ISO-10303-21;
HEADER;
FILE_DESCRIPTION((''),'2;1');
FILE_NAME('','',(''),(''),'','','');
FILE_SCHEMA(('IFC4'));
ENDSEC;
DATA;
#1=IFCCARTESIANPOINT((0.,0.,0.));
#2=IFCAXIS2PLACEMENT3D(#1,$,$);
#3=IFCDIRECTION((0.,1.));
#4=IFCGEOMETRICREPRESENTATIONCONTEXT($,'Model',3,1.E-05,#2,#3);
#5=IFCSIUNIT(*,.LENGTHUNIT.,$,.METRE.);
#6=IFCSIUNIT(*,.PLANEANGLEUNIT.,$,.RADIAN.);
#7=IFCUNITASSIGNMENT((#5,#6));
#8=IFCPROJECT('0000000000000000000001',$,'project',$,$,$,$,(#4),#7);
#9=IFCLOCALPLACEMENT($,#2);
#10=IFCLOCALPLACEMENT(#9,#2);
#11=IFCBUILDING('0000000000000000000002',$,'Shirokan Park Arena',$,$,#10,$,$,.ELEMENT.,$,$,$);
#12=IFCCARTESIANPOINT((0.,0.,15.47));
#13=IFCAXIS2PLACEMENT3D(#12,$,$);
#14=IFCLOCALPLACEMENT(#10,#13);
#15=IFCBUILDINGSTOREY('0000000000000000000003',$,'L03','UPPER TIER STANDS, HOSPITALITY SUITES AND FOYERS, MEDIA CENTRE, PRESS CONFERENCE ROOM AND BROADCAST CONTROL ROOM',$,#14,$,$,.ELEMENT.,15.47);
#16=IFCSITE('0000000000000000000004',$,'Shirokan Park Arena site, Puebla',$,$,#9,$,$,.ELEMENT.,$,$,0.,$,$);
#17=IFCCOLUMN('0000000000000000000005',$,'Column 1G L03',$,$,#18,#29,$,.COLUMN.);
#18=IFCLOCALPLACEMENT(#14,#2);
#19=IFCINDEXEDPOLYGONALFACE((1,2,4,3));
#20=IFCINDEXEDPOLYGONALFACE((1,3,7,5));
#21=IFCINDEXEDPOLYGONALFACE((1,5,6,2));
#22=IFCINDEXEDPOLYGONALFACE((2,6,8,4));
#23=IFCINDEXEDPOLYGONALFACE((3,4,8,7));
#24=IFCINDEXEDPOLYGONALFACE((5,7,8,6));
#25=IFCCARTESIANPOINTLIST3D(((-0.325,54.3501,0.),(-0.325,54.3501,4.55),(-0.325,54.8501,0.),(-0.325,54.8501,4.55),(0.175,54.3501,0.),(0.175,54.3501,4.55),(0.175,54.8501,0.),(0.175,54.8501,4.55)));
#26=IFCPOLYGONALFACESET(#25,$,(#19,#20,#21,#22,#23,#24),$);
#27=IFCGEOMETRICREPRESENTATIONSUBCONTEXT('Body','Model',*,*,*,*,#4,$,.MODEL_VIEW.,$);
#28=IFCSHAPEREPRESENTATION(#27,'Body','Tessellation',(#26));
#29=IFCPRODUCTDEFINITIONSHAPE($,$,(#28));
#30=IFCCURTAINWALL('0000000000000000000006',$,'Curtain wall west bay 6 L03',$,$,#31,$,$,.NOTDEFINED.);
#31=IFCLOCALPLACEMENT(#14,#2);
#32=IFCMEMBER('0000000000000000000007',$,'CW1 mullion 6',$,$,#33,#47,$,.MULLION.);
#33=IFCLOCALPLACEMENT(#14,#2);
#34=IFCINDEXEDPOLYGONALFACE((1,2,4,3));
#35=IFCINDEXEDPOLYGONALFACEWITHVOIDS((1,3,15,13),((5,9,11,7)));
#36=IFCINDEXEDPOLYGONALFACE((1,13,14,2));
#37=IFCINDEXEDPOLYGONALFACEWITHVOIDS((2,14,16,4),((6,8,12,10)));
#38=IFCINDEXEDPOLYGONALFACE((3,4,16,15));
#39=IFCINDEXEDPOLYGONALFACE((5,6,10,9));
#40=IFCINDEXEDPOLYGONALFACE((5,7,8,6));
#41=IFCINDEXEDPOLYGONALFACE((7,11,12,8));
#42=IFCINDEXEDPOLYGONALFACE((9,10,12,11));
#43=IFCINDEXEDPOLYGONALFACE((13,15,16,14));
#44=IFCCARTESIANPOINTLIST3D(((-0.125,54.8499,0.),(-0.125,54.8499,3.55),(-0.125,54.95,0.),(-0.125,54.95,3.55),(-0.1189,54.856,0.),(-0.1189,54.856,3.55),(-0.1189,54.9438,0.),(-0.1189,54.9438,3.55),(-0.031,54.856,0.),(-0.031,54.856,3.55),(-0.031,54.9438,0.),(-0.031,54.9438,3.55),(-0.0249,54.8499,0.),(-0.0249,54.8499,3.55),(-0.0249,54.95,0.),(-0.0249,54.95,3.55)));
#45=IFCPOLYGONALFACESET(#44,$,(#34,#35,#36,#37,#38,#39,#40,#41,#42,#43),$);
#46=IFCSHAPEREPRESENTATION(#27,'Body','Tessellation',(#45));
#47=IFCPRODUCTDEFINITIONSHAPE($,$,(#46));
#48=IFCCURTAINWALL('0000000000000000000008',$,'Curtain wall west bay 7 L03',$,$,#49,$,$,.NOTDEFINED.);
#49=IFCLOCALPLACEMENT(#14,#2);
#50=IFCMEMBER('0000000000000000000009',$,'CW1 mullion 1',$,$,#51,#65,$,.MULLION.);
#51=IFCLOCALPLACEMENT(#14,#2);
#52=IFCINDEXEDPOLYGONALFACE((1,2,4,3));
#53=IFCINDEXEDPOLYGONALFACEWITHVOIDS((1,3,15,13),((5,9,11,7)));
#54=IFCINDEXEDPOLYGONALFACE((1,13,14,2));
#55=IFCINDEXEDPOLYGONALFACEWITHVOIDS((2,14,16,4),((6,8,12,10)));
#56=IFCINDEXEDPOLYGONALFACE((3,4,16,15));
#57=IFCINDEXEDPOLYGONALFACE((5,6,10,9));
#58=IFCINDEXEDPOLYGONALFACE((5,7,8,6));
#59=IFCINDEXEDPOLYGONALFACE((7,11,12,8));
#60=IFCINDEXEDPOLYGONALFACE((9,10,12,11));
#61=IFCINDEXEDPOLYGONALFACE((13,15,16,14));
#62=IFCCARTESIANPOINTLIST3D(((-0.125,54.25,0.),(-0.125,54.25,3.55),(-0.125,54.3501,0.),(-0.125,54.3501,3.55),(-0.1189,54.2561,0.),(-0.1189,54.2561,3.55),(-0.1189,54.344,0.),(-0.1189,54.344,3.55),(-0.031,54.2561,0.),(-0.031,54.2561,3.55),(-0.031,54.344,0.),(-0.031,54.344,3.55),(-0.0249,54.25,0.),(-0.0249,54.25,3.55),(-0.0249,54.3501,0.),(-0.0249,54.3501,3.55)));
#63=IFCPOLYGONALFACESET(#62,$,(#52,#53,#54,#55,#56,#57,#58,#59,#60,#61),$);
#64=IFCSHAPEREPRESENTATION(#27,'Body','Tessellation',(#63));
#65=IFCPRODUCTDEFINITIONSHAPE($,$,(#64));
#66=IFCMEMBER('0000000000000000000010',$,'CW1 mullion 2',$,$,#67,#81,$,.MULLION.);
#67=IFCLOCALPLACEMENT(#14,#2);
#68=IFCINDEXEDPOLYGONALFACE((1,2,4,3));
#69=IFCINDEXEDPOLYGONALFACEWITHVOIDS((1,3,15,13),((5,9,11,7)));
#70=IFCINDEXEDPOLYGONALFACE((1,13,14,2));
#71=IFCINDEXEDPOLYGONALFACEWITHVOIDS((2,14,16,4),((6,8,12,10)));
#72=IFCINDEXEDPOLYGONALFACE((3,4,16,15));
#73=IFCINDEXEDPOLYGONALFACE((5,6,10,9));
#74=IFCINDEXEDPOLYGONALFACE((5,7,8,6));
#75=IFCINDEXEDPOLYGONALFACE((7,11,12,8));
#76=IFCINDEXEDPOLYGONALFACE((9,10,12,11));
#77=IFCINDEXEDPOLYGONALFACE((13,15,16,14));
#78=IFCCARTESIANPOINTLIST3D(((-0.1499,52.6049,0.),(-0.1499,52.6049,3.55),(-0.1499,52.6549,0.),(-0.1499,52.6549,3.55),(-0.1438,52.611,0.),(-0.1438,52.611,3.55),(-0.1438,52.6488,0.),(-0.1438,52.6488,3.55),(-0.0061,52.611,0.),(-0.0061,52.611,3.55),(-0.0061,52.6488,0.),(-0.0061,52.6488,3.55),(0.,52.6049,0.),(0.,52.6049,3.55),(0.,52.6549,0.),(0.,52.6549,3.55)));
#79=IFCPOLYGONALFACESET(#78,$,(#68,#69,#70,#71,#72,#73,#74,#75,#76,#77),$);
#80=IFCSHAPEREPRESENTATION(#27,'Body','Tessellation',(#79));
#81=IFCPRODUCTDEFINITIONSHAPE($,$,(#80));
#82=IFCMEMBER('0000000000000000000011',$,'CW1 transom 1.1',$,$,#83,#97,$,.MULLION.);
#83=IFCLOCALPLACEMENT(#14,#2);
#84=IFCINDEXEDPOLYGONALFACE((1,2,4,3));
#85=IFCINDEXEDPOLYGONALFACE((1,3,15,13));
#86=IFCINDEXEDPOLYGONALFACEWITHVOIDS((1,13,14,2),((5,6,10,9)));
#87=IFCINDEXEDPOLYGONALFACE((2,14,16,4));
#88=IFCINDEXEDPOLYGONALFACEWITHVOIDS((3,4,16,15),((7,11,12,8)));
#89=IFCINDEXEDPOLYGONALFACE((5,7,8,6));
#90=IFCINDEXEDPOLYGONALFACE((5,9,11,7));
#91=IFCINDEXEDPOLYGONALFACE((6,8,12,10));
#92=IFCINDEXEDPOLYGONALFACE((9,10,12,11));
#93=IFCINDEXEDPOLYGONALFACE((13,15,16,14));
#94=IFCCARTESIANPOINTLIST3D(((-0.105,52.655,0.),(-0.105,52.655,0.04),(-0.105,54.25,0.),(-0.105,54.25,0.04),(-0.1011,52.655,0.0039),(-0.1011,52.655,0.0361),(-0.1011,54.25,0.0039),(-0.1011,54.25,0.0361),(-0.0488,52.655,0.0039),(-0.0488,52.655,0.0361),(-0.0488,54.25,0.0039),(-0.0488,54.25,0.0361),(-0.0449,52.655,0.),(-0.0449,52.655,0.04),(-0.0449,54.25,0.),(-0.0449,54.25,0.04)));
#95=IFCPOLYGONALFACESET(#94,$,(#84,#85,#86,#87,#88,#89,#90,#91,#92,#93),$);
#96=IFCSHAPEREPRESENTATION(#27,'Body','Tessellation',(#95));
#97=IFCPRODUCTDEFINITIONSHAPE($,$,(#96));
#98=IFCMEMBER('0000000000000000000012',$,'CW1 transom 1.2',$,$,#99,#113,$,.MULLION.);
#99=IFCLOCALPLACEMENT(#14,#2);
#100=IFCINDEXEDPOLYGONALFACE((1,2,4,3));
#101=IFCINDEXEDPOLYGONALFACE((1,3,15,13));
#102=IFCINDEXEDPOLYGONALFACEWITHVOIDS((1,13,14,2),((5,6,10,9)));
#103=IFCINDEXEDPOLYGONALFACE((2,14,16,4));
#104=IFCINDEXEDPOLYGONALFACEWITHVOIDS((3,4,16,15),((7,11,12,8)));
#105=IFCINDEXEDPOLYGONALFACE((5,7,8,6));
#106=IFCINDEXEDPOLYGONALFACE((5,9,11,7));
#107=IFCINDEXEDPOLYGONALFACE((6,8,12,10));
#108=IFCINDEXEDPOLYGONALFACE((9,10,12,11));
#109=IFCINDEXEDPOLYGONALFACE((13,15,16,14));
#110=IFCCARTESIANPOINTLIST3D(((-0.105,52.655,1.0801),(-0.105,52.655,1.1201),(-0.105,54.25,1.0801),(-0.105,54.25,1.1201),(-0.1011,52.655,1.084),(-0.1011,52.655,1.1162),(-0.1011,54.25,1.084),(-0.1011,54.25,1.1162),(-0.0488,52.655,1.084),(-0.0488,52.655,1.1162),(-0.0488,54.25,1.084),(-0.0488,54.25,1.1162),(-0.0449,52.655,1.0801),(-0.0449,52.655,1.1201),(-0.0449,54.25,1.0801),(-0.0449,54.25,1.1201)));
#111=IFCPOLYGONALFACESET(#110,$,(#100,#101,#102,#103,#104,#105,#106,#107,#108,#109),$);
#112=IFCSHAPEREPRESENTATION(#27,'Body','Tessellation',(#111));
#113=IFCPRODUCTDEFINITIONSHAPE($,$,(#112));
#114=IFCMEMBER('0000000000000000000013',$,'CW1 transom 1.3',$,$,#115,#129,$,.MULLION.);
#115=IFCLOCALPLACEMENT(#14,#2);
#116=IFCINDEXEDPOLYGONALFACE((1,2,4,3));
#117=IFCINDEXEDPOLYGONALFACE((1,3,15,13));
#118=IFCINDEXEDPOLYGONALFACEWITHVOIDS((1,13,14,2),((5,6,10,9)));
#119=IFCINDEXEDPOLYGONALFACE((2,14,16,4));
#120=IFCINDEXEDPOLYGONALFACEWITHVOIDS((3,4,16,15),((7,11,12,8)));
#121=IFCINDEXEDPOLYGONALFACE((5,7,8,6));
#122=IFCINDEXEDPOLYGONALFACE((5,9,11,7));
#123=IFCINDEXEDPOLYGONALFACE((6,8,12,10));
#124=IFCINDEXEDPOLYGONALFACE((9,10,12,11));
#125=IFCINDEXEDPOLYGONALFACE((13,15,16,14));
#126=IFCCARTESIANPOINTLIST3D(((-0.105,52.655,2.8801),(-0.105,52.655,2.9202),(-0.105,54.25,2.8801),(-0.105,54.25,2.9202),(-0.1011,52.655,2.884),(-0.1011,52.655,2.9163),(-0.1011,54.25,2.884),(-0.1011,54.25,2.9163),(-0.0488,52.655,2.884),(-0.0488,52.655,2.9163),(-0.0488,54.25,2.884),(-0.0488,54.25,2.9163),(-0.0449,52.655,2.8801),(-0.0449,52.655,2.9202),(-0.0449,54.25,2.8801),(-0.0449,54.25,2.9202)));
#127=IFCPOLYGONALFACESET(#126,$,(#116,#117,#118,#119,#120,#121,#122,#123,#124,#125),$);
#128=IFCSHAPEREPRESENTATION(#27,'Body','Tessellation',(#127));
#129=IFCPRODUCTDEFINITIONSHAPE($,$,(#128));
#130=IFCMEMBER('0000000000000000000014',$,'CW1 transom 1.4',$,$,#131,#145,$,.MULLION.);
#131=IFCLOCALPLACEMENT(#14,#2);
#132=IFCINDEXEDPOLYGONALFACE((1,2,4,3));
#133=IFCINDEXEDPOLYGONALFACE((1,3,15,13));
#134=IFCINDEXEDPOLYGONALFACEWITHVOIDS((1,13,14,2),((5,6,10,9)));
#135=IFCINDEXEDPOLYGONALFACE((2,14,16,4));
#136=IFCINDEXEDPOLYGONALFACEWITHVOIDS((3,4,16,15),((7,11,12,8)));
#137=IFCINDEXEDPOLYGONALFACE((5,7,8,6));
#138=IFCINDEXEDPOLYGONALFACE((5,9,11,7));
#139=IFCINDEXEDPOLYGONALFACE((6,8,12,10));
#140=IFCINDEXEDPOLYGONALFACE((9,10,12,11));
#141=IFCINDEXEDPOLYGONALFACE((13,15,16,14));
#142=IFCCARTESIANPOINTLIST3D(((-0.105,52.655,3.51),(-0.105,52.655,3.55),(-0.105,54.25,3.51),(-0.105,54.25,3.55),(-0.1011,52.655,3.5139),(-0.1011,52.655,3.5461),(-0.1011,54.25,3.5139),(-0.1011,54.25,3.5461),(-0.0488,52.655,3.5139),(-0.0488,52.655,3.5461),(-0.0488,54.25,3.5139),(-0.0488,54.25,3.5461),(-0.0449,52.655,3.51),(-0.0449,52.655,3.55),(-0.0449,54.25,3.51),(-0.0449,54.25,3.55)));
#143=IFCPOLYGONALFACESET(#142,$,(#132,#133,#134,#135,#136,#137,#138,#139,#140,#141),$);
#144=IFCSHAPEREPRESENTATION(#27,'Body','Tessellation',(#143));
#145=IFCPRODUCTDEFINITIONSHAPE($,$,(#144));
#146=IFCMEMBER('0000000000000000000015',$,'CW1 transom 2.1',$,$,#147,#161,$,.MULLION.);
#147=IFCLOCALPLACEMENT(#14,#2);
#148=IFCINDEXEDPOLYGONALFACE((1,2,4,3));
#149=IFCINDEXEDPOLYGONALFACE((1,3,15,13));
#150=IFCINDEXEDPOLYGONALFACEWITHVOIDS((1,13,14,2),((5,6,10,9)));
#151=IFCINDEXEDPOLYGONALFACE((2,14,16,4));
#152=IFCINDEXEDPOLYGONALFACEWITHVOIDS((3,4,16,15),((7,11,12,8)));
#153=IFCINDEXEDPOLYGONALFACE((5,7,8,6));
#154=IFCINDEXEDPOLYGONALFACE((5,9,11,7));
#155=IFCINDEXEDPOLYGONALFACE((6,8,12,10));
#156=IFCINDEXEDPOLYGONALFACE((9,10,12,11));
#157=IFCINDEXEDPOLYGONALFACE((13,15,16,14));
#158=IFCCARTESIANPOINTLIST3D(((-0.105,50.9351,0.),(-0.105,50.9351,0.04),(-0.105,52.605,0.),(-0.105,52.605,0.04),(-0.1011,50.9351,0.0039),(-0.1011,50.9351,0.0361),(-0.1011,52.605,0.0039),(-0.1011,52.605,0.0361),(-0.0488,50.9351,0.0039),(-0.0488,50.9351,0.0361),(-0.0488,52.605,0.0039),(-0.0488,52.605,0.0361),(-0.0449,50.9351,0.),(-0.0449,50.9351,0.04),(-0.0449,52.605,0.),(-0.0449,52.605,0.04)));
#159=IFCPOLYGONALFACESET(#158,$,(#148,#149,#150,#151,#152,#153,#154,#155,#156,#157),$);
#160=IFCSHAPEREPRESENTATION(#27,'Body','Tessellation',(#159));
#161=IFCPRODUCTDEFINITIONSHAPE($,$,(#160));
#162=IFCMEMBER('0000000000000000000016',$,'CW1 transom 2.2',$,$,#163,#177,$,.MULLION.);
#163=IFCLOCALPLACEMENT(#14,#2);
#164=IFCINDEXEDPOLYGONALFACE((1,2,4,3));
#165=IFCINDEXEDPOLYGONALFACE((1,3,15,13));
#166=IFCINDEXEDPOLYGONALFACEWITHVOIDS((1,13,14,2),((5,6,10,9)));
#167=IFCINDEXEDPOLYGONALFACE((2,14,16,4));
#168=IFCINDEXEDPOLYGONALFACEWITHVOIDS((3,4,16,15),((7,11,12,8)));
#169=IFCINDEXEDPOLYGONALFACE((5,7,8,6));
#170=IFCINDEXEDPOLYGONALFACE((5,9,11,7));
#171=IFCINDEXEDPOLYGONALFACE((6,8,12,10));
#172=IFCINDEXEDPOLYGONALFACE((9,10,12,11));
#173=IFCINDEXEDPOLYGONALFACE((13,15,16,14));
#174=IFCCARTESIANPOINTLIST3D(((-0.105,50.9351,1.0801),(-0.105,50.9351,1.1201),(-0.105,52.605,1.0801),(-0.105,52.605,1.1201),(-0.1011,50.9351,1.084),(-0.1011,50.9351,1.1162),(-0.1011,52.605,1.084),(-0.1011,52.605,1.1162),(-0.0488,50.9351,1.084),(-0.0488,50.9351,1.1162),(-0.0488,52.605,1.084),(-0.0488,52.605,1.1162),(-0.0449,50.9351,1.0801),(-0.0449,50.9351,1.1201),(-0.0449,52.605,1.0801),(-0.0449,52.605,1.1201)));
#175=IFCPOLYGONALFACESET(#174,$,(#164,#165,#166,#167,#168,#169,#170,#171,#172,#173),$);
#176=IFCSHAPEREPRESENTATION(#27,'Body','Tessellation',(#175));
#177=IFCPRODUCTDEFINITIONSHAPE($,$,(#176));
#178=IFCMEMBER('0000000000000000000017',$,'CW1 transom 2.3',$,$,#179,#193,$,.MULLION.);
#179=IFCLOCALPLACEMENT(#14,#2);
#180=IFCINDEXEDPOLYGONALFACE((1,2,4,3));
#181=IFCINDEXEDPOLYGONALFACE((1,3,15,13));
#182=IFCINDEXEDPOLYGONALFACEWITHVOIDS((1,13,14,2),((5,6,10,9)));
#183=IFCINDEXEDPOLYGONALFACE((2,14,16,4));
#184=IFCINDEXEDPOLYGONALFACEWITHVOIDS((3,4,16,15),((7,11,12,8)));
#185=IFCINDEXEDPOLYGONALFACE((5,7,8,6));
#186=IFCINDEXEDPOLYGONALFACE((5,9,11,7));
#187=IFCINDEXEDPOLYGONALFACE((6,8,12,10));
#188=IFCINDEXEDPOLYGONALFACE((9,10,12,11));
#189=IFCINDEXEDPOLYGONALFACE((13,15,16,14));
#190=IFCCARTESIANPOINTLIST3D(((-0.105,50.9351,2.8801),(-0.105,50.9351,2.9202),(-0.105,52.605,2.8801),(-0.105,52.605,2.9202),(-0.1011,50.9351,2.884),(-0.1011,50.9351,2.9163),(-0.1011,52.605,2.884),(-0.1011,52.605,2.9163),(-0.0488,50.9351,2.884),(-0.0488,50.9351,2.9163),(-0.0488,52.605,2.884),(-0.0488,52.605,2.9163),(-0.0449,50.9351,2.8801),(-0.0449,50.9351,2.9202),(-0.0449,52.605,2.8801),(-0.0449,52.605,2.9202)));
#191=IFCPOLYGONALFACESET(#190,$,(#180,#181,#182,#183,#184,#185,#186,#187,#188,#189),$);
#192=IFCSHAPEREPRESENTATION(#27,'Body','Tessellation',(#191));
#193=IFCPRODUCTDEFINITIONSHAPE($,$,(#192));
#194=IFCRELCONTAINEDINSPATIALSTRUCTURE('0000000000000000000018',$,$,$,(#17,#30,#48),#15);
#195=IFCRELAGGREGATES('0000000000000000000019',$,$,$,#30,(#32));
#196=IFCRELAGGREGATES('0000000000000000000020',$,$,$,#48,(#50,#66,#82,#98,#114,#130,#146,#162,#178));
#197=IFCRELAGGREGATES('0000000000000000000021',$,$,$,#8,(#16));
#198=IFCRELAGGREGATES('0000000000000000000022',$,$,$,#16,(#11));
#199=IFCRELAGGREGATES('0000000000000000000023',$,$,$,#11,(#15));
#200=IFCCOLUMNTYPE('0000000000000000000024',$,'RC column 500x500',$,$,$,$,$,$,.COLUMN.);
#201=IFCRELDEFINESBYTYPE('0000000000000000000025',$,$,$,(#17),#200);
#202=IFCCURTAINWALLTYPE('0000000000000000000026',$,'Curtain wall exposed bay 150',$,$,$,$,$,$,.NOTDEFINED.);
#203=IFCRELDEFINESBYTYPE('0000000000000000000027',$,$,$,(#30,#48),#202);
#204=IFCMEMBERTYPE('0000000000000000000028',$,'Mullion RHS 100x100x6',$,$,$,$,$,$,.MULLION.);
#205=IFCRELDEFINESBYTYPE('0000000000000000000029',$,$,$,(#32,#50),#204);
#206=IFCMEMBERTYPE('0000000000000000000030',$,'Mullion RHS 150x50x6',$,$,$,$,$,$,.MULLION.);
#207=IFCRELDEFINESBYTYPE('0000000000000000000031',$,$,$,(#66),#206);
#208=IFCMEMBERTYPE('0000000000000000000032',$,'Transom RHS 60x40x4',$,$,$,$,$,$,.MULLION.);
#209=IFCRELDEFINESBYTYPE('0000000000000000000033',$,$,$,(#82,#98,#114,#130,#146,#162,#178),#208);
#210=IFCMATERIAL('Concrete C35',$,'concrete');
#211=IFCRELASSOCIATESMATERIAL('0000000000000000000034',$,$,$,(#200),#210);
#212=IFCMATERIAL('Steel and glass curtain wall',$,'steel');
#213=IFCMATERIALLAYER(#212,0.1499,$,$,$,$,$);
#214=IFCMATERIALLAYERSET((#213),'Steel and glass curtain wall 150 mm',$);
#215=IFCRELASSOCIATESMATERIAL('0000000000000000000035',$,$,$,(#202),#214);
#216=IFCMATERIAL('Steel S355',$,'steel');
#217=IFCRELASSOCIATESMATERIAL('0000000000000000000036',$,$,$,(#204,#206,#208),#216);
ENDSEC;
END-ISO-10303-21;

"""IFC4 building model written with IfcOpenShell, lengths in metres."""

from ifc_helpers import new_model, si_unit, direction, frame, origin, origin_2d, place, context, subcontext, project, spatial, rectangle, hollow_rectangle, extrude, material, layer, layer_set, material_profile, profile_set, type_object, element, aggregate, save


model = new_model("IFC4")

# Units and contexts
model_context = context("Model", 3, precision=1e-05, world=origin(), true_north=direction((0.0, 1.0)))
body_context = subcontext(model_context, "Body", "Model", "MODEL_VIEW")
ifc_project = project(units=[si_unit("LENGTHUNIT", "METRE"), si_unit("PLANEANGLEUNIT", "RADIAN")], contexts=[model_context])

# Site, building, storey
site_placement = place(None, origin())
site = spatial("IfcSite", under=ifc_project, at=site_placement, Name="Shirokan Park Arena site, Puebla", CompositionType="ELEMENT", RefElevation=0.0)
building_placement = place(site_placement, origin())
building = spatial("IfcBuilding", under=site, at=building_placement, Name="Shirokan Park Arena", CompositionType="ELEMENT")
storey_placement = place(building_placement, frame((0.0, 0.0, 15.47)))
storey = spatial("IfcBuildingStorey", under=building, at=storey_placement, Name="L03", Description="UPPER TIER STANDS, HOSPITALITY SUITES AND FOYERS, MEDIA CENTRE, PRESS CONFERENCE ROOM AND BROADCAST CONTROL ROOM", CompositionType="ELEMENT", Elevation=15.47)

# Column
ifc_material_1 = material(Name="Concrete C35", Category="concrete")
ifc_material_profile_1 = material_profile(ifc_material_1, rectangle(XDim=0.5, YDim=0.5, at=origin_2d()), Name="500x500")
ifc_profile_set_1 = profile_set([ifc_material_profile_1], Name="Concrete C35")
column_type = type_object("IfcColumnType", Name="RC column 500x500", PredefinedType="COLUMN", material=ifc_profile_set_1)
column_placement = place(storey_placement, frame((-0.075, 54.6001, 0.0), z_axis=(0.0, 0.0, 1.0), x_axis=(1.0, 0.0, 0.0)))
element("IfcColumn", 1, at=column_placement, inside=storey, type_object=column_type, Name="Column 1G L03", PredefinedType="COLUMN", context=body_context, shape_type="SweptSolid", body=[
    extrude(rectangle(XDim=0.5, YDim=0.5, at=origin_2d()), origin(), (0.0, 0.0, 1.0), 4.55),
])

# Curtain wall, member
ifc_material_2 = material(Name="Steel and glass curtain wall", Category="steel")
ifc_layer_1 = layer(ifc_material_2, 0.1499)
ifc_layer_set_1 = layer_set([ifc_layer_1], Name="Steel and glass curtain wall 150 mm")
curtain_wall_type = type_object("IfcCurtainWallType", Name="Curtain wall exposed bay 150", PredefinedType="NOTDEFINED", material=ifc_layer_set_1)
curtain_wall_1_placement = place(storey_placement, origin())
curtain_wall_1 = element("IfcCurtainWall", 2, at=curtain_wall_1_placement, inside=storey, type_object=curtain_wall_type, Name="Curtain wall west bay 6 L03", PredefinedType="NOTDEFINED")
ifc_material_3 = material(Name="Steel S355", Category="steel")
ifc_material_profile_2 = material_profile(ifc_material_3, hollow_rectangle(XDim=0.1001, YDim=0.1001, WallThickness=0.0061, at=origin_2d()), Name="RHS 100x100x6")
ifc_profile_set_2 = profile_set([ifc_material_profile_2], Name="Steel S355")
member_type_1 = type_object("IfcMemberType", Name="Mullion RHS 100x100x6", PredefinedType="MULLION", material=ifc_profile_set_2)
member_1_placement = place(storey_placement, frame((-0.075, 54.8999, 0.0), z_axis=(0.0, 0.0, 1.0), x_axis=(1.0, 0.0, 0.0)))
member_1 = element("IfcMember", 3, at=member_1_placement, type_object=member_type_1, Name="CW1 mullion 6", PredefinedType="MULLION", context=body_context, shape_type="SweptSolid", body=[
    extrude(hollow_rectangle(XDim=0.1001, YDim=0.1001, WallThickness=0.0061, at=origin_2d()), origin(), (0.0, 0.0, 1.0), 3.55),
])
aggregate(curtain_wall_1, [member_1])

# Curtain wall, members
curtain_wall_2_placement = place(storey_placement, origin())
curtain_wall_2 = element("IfcCurtainWall", 4, at=curtain_wall_2_placement, inside=storey, type_object=curtain_wall_type, Name="Curtain wall west bay 7 L03", PredefinedType="NOTDEFINED")
member_2_placement = place(storey_placement, frame((-0.075, 54.3, 0.0), z_axis=(0.0, 0.0, 1.0), x_axis=(1.0, 0.0, 0.0)))
member_2 = element("IfcMember", 5, at=member_2_placement, type_object=member_type_1, Name="CW1 mullion 1", PredefinedType="MULLION", context=body_context, shape_type="SweptSolid", body=[
    extrude(hollow_rectangle(XDim=0.1001, YDim=0.1001, WallThickness=0.0061, at=origin_2d()), origin(), (0.0, 0.0, 1.0), 3.55),
])
ifc_material_profile_3 = material_profile(ifc_material_3, hollow_rectangle(XDim=0.1499, YDim=0.05, WallThickness=0.0061, at=origin_2d()), Name="RHS 150x50x6")
ifc_profile_set_3 = profile_set([ifc_material_profile_3], Name="Steel S355")
member_type_2 = type_object("IfcMemberType", Name="Mullion RHS 150x50x6", PredefinedType="MULLION", material=ifc_profile_set_3)
member_3_placement = place(storey_placement, frame((-0.075, 52.6299, 0.0), z_axis=(0.0, 0.0, 1.0), x_axis=(1.0, 0.0, 0.0)))
member_3 = element("IfcMember", 6, at=member_3_placement, type_object=member_type_2, Name="CW1 mullion 2", PredefinedType="MULLION", context=body_context, shape_type="SweptSolid", body=[
    extrude(hollow_rectangle(XDim=0.1499, YDim=0.05, WallThickness=0.0061, at=origin_2d()), origin(), (0.0, 0.0, 1.0), 3.55),
])
ifc_material_profile_4 = material_profile(ifc_material_3, hollow_rectangle(XDim=0.0601, YDim=0.04, WallThickness=0.0039, at=origin_2d()), Name="RHS 60x40x4")
ifc_profile_set_4 = profile_set([ifc_material_profile_4], Name="Steel S355")
member_type_3 = type_object("IfcMemberType", Name="Transom RHS 60x40x4", PredefinedType="MULLION", material=ifc_profile_set_4)
member_4_placement = place(storey_placement, frame((-0.075, 54.25, 0.02), z_axis=(0.0, -1.0, 0.0), x_axis=(1.0, 0.0, 0.0)))
member_4 = element("IfcMember", 7, at=member_4_placement, type_object=member_type_3, Name="CW1 transom 1.1", PredefinedType="MULLION", context=body_context, shape_type="SweptSolid", body=[
    extrude(hollow_rectangle(XDim=0.0601, YDim=0.04, WallThickness=0.0039, at=origin_2d()), origin(), (0.0, 0.0, 1.0), 1.595),
])
member_5_placement = place(storey_placement, frame((-0.075, 54.25, 1.1001), z_axis=(0.0, -1.0, 0.0), x_axis=(1.0, 0.0, 0.0)))
member_5 = element("IfcMember", 8, at=member_5_placement, type_object=member_type_3, Name="CW1 transom 1.2", PredefinedType="MULLION", context=body_context, shape_type="SweptSolid", body=[
    extrude(hollow_rectangle(XDim=0.0601, YDim=0.04, WallThickness=0.0039, at=origin_2d()), origin(), (0.0, 0.0, 1.0), 1.595),
])
member_6_placement = place(storey_placement, frame((-0.075, 54.25, 2.9001), z_axis=(0.0, -1.0, 0.0), x_axis=(1.0, 0.0, 0.0)))
member_6 = element("IfcMember", 9, at=member_6_placement, type_object=member_type_3, Name="CW1 transom 1.3", PredefinedType="MULLION", context=body_context, shape_type="SweptSolid", body=[
    extrude(hollow_rectangle(XDim=0.0601, YDim=0.04, WallThickness=0.0039, at=origin_2d()), origin(), (0.0, 0.0, 1.0), 1.595),
])
member_7_placement = place(storey_placement, frame((-0.075, 54.25, 3.53), z_axis=(0.0, -1.0, 0.0), x_axis=(1.0, 0.0, 0.0)))
member_7 = element("IfcMember", 10, at=member_7_placement, type_object=member_type_3, Name="CW1 transom 1.4", PredefinedType="MULLION", context=body_context, shape_type="SweptSolid", body=[
    extrude(hollow_rectangle(XDim=0.0601, YDim=0.04, WallThickness=0.0039, at=origin_2d()), origin(), (0.0, 0.0, 1.0), 1.595),
])
member_8_placement = place(storey_placement, frame((-0.075, 52.605, 0.02), z_axis=(0.0, -1.0, 0.0), x_axis=(1.0, 0.0, 0.0)))
member_8 = element("IfcMember", 11, at=member_8_placement, type_object=member_type_3, Name="CW1 transom 2.1", PredefinedType="MULLION", context=body_context, shape_type="SweptSolid", body=[
    extrude(hollow_rectangle(XDim=0.0601, YDim=0.04, WallThickness=0.0039, at=origin_2d()), origin(), (0.0, 0.0, 1.0), 1.6699),
])
member_9_placement = place(storey_placement, frame((-0.075, 52.605, 1.1001), z_axis=(0.0, -1.0, 0.0), x_axis=(1.0, 0.0, 0.0)))
member_9 = element("IfcMember", 12, at=member_9_placement, type_object=member_type_3, Name="CW1 transom 2.2", PredefinedType="MULLION", context=body_context, shape_type="SweptSolid", body=[
    extrude(hollow_rectangle(XDim=0.0601, YDim=0.04, WallThickness=0.0039, at=origin_2d()), origin(), (0.0, 0.0, 1.0), 1.6699),
])
member_10_placement = place(storey_placement, frame((-0.075, 52.605, 2.9001), z_axis=(0.0, -1.0, 0.0), x_axis=(1.0, 0.0, 0.0)))
member_10 = element("IfcMember", 13, at=member_10_placement, type_object=member_type_3, Name="CW1 transom 2.3", PredefinedType="MULLION", context=body_context, shape_type="SweptSolid", body=[
    extrude(hollow_rectangle(XDim=0.0601, YDim=0.04, WallThickness=0.0039, at=origin_2d()), origin(), (0.0, 0.0, 1.0), 1.6699),
])
aggregate(curtain_wall_2, [member_2, member_3, member_4, member_5, member_6, member_7, member_8, member_9, member_10])

save(model, "model.ifc")
